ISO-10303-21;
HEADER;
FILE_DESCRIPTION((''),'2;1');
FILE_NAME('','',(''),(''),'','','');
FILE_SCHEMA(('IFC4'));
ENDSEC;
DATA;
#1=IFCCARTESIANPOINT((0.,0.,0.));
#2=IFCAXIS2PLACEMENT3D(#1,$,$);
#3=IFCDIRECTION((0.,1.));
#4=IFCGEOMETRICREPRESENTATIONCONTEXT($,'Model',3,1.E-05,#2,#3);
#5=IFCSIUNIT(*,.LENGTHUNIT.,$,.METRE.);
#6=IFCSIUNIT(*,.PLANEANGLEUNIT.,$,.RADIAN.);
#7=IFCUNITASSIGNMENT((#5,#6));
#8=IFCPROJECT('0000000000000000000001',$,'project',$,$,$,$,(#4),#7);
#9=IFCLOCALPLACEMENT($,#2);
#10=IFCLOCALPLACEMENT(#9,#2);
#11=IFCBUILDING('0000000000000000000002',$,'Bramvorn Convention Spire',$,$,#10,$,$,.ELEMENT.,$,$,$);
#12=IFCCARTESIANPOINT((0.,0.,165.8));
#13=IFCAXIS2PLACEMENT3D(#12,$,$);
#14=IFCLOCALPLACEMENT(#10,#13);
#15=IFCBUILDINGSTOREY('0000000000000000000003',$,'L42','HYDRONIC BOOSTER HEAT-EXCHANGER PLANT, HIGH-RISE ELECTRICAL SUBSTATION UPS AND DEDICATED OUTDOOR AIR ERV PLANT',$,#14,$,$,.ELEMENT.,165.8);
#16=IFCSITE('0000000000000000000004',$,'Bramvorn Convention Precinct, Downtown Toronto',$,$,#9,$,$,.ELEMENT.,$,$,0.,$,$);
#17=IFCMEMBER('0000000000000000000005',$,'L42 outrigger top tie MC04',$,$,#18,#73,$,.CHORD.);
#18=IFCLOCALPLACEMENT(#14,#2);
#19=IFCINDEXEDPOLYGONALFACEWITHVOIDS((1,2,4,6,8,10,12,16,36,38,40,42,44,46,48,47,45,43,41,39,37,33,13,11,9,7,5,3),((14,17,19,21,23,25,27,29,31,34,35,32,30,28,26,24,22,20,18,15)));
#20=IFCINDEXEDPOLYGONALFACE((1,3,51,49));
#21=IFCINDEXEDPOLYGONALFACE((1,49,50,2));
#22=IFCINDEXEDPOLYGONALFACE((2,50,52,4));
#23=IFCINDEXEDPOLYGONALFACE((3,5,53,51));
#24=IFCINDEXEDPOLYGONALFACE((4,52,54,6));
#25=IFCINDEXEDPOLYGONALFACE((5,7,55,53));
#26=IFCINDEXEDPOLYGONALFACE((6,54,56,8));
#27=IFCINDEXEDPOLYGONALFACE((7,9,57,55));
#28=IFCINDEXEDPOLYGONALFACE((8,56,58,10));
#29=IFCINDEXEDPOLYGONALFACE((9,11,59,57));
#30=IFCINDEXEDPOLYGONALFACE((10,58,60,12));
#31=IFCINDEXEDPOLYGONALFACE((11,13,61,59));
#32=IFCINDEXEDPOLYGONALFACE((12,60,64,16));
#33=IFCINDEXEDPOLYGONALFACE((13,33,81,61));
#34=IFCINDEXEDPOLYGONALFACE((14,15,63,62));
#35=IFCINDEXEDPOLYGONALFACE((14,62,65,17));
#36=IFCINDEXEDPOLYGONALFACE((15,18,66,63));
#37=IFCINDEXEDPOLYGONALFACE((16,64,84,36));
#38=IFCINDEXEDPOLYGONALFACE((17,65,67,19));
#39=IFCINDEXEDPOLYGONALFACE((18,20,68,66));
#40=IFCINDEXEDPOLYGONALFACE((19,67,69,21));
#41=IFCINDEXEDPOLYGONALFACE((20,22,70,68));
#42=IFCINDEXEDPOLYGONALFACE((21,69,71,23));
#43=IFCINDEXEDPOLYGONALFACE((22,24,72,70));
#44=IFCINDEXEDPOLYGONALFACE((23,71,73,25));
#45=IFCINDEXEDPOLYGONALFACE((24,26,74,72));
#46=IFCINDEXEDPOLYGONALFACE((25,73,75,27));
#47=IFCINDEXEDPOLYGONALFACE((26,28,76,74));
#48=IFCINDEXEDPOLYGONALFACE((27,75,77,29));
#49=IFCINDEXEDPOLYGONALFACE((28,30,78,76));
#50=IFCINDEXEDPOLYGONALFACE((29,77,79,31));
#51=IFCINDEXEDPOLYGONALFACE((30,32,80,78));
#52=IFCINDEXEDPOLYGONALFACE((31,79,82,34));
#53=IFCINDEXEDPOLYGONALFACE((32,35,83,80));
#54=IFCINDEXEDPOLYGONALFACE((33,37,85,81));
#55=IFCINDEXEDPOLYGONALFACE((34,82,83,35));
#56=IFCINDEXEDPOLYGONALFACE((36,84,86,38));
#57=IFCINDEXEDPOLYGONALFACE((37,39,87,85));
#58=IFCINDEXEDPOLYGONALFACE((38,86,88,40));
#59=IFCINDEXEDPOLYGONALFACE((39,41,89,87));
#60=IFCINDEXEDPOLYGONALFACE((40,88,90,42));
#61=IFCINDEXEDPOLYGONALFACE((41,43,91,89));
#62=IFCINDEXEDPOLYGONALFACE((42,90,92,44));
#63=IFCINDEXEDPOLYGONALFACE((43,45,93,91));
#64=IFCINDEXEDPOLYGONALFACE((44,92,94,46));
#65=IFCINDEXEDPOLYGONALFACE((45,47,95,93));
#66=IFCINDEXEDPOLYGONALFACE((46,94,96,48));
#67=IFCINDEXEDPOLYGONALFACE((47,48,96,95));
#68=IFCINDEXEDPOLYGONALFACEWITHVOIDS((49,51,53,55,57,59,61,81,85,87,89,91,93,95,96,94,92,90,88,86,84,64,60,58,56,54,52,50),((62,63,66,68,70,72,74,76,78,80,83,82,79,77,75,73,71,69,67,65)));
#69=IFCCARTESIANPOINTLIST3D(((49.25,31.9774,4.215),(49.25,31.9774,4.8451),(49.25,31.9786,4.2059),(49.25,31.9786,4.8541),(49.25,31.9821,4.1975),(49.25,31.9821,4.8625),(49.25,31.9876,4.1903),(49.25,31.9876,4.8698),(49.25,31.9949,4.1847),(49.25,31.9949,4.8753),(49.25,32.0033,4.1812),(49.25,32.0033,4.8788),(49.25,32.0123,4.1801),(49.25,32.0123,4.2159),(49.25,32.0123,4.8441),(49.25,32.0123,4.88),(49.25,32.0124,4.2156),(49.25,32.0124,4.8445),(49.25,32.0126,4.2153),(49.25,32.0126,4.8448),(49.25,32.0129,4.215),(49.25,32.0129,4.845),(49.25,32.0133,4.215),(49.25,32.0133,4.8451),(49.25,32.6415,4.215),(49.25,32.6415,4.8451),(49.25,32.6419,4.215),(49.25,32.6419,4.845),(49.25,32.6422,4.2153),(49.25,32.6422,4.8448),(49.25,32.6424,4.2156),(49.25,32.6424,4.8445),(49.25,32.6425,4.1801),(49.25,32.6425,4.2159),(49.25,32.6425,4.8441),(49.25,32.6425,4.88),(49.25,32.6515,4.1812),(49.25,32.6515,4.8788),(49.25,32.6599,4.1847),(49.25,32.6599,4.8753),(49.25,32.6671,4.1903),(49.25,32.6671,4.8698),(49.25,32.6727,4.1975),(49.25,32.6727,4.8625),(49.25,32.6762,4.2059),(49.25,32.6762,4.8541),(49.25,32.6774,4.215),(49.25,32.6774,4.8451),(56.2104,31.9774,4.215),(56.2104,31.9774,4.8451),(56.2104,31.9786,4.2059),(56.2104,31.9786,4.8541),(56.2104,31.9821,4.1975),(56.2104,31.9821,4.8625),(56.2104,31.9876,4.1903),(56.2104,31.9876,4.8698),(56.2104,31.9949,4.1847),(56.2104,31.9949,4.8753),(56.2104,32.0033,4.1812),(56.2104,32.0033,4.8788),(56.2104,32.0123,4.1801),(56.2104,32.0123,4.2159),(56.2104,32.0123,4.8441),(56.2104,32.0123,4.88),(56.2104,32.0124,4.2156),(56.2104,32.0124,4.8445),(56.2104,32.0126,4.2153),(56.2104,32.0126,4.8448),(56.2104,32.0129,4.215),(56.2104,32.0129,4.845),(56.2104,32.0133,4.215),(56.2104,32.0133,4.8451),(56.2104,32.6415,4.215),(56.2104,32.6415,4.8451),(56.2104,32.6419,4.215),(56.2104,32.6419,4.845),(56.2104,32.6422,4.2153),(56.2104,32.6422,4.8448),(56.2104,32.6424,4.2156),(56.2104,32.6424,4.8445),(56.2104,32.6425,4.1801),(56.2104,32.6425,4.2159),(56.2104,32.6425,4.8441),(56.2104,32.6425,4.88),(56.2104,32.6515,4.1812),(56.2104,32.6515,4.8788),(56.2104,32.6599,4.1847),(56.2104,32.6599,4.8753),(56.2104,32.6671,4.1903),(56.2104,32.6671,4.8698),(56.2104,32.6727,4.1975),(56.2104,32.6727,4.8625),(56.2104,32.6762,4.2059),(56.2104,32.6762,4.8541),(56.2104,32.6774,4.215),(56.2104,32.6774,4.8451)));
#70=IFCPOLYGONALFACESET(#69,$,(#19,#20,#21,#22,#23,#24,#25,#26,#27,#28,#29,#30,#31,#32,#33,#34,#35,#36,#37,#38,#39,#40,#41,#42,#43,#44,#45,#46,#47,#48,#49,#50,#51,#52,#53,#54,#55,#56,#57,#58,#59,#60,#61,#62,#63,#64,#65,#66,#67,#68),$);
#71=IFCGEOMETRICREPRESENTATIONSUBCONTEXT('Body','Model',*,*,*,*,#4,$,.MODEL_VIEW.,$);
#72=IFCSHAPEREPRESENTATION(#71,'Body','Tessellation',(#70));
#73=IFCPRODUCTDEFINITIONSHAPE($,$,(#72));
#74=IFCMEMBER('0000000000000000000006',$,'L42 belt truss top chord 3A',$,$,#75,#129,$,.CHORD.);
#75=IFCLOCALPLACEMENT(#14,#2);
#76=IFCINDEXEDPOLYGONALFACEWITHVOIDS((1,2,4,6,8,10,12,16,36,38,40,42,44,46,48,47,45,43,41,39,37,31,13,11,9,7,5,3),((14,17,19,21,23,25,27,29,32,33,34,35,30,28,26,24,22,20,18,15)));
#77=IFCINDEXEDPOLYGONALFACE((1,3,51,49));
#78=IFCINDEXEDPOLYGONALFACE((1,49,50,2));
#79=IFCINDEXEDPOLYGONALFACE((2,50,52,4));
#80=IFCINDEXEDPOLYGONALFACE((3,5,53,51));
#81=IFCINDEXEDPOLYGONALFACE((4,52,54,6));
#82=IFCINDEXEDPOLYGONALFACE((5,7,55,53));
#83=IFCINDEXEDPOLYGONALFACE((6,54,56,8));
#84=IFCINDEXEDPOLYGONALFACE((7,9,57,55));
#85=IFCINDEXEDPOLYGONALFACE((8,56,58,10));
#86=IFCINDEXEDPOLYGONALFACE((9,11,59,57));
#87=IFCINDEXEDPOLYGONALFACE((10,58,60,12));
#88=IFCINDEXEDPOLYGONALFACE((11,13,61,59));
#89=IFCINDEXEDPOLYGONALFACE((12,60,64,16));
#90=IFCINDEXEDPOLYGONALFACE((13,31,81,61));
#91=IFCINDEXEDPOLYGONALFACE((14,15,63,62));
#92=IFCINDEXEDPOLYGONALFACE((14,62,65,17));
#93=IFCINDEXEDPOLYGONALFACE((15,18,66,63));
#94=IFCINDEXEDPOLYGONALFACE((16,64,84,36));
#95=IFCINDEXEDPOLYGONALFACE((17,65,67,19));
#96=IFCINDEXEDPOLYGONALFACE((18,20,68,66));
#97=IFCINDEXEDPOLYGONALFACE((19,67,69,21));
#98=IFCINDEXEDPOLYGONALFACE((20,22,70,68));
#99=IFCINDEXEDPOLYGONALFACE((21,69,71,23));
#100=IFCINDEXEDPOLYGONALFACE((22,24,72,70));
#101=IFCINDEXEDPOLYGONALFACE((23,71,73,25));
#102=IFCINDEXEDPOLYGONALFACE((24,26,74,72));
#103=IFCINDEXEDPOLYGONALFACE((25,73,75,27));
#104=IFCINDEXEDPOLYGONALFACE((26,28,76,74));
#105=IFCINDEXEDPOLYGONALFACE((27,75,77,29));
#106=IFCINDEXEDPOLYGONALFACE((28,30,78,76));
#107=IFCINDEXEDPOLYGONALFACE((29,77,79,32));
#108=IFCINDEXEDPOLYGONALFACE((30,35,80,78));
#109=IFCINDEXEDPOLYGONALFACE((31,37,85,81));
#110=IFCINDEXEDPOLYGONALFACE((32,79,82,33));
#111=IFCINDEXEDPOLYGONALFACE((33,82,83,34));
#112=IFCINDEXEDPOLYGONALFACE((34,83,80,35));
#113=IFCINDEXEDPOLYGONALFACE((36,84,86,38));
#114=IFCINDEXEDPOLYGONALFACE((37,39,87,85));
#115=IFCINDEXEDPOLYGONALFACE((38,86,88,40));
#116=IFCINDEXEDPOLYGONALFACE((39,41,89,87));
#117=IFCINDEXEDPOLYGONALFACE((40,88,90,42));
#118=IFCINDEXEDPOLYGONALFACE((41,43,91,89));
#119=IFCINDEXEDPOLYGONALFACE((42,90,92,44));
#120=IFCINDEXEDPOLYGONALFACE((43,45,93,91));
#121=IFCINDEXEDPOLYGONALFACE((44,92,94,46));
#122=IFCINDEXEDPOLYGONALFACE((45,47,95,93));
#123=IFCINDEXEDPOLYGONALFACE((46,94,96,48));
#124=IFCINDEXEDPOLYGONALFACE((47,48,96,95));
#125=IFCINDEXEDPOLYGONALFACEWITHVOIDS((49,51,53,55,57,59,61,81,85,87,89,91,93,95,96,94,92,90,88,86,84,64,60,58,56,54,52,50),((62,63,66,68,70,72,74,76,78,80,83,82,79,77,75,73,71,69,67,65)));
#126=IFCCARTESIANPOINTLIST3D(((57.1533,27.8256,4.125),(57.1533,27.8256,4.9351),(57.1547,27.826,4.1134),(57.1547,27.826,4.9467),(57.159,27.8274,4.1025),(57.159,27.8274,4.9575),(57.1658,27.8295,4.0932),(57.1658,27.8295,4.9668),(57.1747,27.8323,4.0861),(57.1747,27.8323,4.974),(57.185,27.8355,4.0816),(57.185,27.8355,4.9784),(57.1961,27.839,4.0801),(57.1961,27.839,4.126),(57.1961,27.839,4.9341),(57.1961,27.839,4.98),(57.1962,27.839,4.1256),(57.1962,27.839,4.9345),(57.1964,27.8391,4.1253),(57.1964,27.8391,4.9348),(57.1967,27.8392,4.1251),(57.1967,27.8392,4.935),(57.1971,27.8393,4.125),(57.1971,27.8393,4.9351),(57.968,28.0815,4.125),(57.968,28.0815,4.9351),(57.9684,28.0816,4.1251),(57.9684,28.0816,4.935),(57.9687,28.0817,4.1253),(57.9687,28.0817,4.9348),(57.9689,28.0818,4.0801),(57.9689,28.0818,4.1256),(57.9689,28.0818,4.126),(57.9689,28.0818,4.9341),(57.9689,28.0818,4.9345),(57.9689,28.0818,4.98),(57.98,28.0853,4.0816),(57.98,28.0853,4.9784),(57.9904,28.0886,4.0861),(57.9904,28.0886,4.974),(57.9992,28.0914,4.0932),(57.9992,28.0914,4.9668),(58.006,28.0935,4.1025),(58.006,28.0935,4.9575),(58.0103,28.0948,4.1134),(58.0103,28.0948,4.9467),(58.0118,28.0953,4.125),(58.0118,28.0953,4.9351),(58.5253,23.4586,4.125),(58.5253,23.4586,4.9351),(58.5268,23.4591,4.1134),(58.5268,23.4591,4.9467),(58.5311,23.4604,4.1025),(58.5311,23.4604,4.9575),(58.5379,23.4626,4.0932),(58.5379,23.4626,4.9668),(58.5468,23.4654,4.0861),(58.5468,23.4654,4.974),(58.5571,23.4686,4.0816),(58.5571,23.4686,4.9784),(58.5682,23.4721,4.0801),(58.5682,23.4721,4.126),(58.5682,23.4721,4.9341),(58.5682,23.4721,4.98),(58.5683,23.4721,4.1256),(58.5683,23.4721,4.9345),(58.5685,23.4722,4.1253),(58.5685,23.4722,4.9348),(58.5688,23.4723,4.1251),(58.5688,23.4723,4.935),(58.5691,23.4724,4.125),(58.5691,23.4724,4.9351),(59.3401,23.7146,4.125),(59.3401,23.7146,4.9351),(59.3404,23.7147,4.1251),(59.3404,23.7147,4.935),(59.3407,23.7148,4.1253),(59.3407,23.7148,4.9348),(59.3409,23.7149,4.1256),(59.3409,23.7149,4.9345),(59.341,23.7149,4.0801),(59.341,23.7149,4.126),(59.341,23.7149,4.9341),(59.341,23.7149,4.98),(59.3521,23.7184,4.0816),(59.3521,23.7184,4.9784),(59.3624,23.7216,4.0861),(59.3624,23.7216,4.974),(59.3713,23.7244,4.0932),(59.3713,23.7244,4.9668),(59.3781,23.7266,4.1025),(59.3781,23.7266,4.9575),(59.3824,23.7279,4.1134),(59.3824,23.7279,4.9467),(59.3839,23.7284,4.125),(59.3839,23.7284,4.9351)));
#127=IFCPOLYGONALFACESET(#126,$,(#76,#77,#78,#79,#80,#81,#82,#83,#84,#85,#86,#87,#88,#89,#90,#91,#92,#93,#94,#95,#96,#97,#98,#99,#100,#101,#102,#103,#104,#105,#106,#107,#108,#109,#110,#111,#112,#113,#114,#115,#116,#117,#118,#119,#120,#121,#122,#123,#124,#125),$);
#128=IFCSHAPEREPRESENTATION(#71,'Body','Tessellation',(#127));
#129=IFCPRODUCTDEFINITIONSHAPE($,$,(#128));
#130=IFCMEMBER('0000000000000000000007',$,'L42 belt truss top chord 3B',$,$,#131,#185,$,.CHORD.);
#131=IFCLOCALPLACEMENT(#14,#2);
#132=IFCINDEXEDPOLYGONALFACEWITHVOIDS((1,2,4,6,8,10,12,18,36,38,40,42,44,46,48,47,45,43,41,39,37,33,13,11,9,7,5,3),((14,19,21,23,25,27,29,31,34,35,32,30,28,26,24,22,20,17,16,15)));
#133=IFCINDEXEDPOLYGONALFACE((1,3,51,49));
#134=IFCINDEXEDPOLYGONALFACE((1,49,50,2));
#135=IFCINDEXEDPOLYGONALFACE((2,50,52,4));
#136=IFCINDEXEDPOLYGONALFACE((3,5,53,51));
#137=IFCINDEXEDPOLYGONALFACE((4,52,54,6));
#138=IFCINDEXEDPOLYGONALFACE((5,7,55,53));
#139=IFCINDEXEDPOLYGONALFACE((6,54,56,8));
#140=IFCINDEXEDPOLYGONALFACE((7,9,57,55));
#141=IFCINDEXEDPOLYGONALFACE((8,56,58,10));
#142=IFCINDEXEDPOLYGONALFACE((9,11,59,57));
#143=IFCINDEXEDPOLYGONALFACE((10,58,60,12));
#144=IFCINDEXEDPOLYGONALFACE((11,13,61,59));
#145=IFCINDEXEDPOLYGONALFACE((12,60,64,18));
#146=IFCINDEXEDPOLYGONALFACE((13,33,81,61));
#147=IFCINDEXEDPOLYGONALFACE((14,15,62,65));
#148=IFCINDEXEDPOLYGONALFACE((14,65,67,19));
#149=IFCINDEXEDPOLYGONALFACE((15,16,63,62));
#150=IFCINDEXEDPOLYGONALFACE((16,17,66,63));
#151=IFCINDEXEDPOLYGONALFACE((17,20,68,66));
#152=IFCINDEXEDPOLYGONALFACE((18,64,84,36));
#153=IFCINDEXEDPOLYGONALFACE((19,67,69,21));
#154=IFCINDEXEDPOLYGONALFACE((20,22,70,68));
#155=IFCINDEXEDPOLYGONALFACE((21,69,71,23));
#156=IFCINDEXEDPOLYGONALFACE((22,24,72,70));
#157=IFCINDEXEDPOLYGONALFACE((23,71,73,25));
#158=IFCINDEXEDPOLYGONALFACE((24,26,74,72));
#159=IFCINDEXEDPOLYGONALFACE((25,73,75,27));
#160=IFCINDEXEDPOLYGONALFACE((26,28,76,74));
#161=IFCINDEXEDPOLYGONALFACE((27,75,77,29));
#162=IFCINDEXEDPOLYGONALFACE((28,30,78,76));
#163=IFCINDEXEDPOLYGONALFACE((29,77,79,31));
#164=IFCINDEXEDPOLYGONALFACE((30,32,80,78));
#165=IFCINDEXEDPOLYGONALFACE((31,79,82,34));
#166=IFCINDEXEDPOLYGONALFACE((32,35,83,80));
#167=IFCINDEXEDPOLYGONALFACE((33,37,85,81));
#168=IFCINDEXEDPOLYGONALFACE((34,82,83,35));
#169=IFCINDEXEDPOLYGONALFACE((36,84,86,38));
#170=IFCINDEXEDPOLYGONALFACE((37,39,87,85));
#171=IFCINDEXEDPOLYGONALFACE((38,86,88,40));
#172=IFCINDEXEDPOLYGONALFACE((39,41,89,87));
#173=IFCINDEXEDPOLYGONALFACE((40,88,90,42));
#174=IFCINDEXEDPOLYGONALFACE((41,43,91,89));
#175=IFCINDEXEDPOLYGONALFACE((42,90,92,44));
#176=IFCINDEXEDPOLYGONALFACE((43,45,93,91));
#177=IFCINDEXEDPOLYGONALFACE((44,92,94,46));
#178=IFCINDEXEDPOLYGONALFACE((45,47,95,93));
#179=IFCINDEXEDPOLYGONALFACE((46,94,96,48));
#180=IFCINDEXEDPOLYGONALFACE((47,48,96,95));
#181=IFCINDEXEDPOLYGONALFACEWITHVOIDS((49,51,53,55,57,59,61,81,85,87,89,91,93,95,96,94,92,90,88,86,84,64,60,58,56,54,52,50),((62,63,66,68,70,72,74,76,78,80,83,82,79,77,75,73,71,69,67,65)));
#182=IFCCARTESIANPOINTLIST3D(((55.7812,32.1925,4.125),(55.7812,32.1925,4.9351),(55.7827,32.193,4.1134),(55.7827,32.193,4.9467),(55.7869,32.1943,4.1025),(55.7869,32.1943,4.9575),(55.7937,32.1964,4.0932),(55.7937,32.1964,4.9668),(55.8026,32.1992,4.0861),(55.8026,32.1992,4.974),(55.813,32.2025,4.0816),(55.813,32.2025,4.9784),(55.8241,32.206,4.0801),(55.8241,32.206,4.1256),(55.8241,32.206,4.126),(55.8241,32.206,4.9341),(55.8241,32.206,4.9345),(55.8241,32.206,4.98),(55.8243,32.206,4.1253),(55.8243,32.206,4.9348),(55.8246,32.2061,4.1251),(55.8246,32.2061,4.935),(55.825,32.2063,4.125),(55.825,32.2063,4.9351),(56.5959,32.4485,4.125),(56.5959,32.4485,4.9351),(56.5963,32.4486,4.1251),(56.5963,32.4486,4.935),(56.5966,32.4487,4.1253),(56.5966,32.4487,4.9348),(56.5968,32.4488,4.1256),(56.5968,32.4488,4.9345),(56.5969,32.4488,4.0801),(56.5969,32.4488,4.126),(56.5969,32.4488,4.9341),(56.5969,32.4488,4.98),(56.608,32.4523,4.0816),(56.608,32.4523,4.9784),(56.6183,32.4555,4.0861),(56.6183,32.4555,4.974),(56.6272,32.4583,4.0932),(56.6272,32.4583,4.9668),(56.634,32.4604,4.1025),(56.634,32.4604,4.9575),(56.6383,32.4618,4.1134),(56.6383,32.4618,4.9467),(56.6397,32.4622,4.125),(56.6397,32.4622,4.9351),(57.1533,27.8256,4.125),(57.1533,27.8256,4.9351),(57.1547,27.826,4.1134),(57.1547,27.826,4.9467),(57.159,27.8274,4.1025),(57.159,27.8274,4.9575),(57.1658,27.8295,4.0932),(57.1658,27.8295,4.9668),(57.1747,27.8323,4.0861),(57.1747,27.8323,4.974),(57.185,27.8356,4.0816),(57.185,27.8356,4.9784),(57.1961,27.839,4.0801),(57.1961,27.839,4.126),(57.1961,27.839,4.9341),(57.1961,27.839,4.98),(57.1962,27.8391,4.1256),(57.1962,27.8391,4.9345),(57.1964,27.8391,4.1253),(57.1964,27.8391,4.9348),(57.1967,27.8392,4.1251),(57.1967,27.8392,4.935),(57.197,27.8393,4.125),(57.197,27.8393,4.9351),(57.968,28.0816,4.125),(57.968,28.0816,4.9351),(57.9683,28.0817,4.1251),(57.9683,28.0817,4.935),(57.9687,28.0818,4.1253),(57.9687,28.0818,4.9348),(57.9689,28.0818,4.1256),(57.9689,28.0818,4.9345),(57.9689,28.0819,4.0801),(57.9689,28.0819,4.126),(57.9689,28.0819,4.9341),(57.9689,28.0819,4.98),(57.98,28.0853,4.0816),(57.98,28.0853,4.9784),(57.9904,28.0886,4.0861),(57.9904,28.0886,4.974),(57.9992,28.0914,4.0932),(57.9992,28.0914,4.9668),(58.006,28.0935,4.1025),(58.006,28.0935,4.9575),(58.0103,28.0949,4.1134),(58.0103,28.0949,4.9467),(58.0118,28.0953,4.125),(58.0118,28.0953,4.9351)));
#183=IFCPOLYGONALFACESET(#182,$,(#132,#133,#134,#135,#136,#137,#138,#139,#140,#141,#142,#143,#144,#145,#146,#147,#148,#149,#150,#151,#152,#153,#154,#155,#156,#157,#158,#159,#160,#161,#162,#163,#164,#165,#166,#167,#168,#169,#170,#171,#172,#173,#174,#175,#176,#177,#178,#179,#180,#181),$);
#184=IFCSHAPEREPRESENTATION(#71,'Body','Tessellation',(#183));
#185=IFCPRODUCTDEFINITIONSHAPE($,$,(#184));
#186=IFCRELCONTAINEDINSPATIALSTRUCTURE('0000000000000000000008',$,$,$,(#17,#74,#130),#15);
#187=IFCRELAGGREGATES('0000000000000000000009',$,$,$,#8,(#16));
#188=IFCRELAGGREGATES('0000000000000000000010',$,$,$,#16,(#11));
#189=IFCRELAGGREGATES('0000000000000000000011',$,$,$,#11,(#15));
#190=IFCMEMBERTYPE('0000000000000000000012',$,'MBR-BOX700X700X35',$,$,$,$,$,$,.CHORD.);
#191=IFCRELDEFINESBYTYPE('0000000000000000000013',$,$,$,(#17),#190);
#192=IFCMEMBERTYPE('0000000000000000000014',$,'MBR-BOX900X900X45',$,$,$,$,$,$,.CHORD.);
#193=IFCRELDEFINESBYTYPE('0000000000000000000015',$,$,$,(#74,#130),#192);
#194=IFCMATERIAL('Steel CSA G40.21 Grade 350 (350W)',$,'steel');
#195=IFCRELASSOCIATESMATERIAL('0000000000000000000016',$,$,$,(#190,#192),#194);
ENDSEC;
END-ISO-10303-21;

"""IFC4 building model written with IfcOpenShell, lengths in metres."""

from ifc_helpers import new_model, si_unit, direction, frame, origin, origin_2d, place, context, subcontext, project, spatial, hollow_rectangle, extrude, material, material_profile, profile_set, type_object, element, save


model = new_model("IFC4")

# Units and contexts
model_context = context("Model", 3, precision=1e-05, world=origin(), true_north=direction((0.0, 1.0)))
body_context = subcontext(model_context, "Body", "Model", "MODEL_VIEW")
ifc_project = project(units=[si_unit("LENGTHUNIT", "METRE"), si_unit("PLANEANGLEUNIT", "RADIAN")], contexts=[model_context])

# Site, building, storey
site_placement = place(None, origin())
site = spatial("IfcSite", under=ifc_project, at=site_placement, Name="Bramvorn Convention Precinct, Downtown Toronto", CompositionType="ELEMENT", RefElevation=0.0)
building_placement = place(site_placement, origin())
building = spatial("IfcBuilding", under=site, at=building_placement, Name="Bramvorn Convention Spire", CompositionType="ELEMENT")
storey_placement = place(building_placement, frame((0.0, 0.0, 165.8)))
storey = spatial("IfcBuildingStorey", under=building, at=storey_placement, Name="L42", Description="HYDRONIC BOOSTER HEAT-EXCHANGER PLANT, HIGH-RISE ELECTRICAL SUBSTATION UPS AND DEDICATED OUTDOOR AIR ERV PLANT", CompositionType="ELEMENT", Elevation=165.8)

# Shared definitions
ifc_material_1 = material(Name="Steel CSA G40.21 Grade 350 (350W)", Category="steel")

# Members
ifc_material_profile_1 = material_profile(ifc_material_1, hollow_rectangle(XDim=0.7, YDim=0.7, WallThickness=0.0349, InnerFilletRadius=0.001, OuterFilletRadius=0.0349, at=origin_2d()))
ifc_profile_set_1 = profile_set([ifc_material_profile_1], Name="Steel CSA G40.21 Grade 350 (350W) - BOX700X700X35")
member_type_1 = type_object("IfcMemberType", Name="MBR-BOX700X700X35", PredefinedType="CHORD", material=ifc_profile_set_1)
member_1_placement = place(storey_placement, frame((49.25, 32.3274, 4.53), z_axis=(1.0, 0.0, 0.0), x_axis=(0.0, 1.0, 0.0)))
element("IfcMember", 1, at=member_1_placement, inside=storey, type_object=member_type_1, Name="L42 outrigger top tie MC04", PredefinedType="CHORD", context=body_context, shape_type="SweptSolid", body=[
    extrude(hollow_rectangle(XDim=0.7, YDim=0.7, WallThickness=0.0349, InnerFilletRadius=0.001, OuterFilletRadius=0.0349, at=origin_2d()), origin(), (0.0, 0.0, 1.0), 6.9604),
])
ifc_material_profile_2 = material_profile(ifc_material_1, hollow_rectangle(XDim=0.8999, YDim=0.8999, WallThickness=0.0449, InnerFilletRadius=0.001, OuterFilletRadius=0.0449, at=origin_2d()))
ifc_profile_set_2 = profile_set([ifc_material_profile_2], Name="Steel CSA G40.21 Grade 350 (350W) - BOX900X900X45")
member_type_2 = type_object("IfcMemberType", Name="MBR-BOX900X900X45", PredefinedType="CHORD", material=ifc_profile_set_2)
for number, where, z_axis, x_axis, name in (
    (2, (58.9546, 23.5935, 4.53), (-0.299748, 0.954019, 0.0), (-0.954019, -0.299748, 0.0), "L42 belt truss top chord 3A"),
    (3, (57.5825, 27.9604, 4.53), (-0.299748, 0.954019, 0.0), (-0.954019, -0.299748, 0.0), "L42 belt truss top chord 3B"),
):
    element("IfcMember", number, at=place(storey_placement, frame(where, z_axis=z_axis, x_axis=x_axis)), inside=storey, type_object=member_type_2, Name=name, PredefinedType="CHORD", context=body_context, shape_type="SweptSolid", body=[
        extrude(hollow_rectangle(XDim=0.8999, YDim=0.8999, WallThickness=0.0449, InnerFilletRadius=0.001, OuterFilletRadius=0.0449, at=origin_2d()), origin(), (0.0, 0.0, 1.0), 4.5774),
    ])

save(model, "model.ifc")
